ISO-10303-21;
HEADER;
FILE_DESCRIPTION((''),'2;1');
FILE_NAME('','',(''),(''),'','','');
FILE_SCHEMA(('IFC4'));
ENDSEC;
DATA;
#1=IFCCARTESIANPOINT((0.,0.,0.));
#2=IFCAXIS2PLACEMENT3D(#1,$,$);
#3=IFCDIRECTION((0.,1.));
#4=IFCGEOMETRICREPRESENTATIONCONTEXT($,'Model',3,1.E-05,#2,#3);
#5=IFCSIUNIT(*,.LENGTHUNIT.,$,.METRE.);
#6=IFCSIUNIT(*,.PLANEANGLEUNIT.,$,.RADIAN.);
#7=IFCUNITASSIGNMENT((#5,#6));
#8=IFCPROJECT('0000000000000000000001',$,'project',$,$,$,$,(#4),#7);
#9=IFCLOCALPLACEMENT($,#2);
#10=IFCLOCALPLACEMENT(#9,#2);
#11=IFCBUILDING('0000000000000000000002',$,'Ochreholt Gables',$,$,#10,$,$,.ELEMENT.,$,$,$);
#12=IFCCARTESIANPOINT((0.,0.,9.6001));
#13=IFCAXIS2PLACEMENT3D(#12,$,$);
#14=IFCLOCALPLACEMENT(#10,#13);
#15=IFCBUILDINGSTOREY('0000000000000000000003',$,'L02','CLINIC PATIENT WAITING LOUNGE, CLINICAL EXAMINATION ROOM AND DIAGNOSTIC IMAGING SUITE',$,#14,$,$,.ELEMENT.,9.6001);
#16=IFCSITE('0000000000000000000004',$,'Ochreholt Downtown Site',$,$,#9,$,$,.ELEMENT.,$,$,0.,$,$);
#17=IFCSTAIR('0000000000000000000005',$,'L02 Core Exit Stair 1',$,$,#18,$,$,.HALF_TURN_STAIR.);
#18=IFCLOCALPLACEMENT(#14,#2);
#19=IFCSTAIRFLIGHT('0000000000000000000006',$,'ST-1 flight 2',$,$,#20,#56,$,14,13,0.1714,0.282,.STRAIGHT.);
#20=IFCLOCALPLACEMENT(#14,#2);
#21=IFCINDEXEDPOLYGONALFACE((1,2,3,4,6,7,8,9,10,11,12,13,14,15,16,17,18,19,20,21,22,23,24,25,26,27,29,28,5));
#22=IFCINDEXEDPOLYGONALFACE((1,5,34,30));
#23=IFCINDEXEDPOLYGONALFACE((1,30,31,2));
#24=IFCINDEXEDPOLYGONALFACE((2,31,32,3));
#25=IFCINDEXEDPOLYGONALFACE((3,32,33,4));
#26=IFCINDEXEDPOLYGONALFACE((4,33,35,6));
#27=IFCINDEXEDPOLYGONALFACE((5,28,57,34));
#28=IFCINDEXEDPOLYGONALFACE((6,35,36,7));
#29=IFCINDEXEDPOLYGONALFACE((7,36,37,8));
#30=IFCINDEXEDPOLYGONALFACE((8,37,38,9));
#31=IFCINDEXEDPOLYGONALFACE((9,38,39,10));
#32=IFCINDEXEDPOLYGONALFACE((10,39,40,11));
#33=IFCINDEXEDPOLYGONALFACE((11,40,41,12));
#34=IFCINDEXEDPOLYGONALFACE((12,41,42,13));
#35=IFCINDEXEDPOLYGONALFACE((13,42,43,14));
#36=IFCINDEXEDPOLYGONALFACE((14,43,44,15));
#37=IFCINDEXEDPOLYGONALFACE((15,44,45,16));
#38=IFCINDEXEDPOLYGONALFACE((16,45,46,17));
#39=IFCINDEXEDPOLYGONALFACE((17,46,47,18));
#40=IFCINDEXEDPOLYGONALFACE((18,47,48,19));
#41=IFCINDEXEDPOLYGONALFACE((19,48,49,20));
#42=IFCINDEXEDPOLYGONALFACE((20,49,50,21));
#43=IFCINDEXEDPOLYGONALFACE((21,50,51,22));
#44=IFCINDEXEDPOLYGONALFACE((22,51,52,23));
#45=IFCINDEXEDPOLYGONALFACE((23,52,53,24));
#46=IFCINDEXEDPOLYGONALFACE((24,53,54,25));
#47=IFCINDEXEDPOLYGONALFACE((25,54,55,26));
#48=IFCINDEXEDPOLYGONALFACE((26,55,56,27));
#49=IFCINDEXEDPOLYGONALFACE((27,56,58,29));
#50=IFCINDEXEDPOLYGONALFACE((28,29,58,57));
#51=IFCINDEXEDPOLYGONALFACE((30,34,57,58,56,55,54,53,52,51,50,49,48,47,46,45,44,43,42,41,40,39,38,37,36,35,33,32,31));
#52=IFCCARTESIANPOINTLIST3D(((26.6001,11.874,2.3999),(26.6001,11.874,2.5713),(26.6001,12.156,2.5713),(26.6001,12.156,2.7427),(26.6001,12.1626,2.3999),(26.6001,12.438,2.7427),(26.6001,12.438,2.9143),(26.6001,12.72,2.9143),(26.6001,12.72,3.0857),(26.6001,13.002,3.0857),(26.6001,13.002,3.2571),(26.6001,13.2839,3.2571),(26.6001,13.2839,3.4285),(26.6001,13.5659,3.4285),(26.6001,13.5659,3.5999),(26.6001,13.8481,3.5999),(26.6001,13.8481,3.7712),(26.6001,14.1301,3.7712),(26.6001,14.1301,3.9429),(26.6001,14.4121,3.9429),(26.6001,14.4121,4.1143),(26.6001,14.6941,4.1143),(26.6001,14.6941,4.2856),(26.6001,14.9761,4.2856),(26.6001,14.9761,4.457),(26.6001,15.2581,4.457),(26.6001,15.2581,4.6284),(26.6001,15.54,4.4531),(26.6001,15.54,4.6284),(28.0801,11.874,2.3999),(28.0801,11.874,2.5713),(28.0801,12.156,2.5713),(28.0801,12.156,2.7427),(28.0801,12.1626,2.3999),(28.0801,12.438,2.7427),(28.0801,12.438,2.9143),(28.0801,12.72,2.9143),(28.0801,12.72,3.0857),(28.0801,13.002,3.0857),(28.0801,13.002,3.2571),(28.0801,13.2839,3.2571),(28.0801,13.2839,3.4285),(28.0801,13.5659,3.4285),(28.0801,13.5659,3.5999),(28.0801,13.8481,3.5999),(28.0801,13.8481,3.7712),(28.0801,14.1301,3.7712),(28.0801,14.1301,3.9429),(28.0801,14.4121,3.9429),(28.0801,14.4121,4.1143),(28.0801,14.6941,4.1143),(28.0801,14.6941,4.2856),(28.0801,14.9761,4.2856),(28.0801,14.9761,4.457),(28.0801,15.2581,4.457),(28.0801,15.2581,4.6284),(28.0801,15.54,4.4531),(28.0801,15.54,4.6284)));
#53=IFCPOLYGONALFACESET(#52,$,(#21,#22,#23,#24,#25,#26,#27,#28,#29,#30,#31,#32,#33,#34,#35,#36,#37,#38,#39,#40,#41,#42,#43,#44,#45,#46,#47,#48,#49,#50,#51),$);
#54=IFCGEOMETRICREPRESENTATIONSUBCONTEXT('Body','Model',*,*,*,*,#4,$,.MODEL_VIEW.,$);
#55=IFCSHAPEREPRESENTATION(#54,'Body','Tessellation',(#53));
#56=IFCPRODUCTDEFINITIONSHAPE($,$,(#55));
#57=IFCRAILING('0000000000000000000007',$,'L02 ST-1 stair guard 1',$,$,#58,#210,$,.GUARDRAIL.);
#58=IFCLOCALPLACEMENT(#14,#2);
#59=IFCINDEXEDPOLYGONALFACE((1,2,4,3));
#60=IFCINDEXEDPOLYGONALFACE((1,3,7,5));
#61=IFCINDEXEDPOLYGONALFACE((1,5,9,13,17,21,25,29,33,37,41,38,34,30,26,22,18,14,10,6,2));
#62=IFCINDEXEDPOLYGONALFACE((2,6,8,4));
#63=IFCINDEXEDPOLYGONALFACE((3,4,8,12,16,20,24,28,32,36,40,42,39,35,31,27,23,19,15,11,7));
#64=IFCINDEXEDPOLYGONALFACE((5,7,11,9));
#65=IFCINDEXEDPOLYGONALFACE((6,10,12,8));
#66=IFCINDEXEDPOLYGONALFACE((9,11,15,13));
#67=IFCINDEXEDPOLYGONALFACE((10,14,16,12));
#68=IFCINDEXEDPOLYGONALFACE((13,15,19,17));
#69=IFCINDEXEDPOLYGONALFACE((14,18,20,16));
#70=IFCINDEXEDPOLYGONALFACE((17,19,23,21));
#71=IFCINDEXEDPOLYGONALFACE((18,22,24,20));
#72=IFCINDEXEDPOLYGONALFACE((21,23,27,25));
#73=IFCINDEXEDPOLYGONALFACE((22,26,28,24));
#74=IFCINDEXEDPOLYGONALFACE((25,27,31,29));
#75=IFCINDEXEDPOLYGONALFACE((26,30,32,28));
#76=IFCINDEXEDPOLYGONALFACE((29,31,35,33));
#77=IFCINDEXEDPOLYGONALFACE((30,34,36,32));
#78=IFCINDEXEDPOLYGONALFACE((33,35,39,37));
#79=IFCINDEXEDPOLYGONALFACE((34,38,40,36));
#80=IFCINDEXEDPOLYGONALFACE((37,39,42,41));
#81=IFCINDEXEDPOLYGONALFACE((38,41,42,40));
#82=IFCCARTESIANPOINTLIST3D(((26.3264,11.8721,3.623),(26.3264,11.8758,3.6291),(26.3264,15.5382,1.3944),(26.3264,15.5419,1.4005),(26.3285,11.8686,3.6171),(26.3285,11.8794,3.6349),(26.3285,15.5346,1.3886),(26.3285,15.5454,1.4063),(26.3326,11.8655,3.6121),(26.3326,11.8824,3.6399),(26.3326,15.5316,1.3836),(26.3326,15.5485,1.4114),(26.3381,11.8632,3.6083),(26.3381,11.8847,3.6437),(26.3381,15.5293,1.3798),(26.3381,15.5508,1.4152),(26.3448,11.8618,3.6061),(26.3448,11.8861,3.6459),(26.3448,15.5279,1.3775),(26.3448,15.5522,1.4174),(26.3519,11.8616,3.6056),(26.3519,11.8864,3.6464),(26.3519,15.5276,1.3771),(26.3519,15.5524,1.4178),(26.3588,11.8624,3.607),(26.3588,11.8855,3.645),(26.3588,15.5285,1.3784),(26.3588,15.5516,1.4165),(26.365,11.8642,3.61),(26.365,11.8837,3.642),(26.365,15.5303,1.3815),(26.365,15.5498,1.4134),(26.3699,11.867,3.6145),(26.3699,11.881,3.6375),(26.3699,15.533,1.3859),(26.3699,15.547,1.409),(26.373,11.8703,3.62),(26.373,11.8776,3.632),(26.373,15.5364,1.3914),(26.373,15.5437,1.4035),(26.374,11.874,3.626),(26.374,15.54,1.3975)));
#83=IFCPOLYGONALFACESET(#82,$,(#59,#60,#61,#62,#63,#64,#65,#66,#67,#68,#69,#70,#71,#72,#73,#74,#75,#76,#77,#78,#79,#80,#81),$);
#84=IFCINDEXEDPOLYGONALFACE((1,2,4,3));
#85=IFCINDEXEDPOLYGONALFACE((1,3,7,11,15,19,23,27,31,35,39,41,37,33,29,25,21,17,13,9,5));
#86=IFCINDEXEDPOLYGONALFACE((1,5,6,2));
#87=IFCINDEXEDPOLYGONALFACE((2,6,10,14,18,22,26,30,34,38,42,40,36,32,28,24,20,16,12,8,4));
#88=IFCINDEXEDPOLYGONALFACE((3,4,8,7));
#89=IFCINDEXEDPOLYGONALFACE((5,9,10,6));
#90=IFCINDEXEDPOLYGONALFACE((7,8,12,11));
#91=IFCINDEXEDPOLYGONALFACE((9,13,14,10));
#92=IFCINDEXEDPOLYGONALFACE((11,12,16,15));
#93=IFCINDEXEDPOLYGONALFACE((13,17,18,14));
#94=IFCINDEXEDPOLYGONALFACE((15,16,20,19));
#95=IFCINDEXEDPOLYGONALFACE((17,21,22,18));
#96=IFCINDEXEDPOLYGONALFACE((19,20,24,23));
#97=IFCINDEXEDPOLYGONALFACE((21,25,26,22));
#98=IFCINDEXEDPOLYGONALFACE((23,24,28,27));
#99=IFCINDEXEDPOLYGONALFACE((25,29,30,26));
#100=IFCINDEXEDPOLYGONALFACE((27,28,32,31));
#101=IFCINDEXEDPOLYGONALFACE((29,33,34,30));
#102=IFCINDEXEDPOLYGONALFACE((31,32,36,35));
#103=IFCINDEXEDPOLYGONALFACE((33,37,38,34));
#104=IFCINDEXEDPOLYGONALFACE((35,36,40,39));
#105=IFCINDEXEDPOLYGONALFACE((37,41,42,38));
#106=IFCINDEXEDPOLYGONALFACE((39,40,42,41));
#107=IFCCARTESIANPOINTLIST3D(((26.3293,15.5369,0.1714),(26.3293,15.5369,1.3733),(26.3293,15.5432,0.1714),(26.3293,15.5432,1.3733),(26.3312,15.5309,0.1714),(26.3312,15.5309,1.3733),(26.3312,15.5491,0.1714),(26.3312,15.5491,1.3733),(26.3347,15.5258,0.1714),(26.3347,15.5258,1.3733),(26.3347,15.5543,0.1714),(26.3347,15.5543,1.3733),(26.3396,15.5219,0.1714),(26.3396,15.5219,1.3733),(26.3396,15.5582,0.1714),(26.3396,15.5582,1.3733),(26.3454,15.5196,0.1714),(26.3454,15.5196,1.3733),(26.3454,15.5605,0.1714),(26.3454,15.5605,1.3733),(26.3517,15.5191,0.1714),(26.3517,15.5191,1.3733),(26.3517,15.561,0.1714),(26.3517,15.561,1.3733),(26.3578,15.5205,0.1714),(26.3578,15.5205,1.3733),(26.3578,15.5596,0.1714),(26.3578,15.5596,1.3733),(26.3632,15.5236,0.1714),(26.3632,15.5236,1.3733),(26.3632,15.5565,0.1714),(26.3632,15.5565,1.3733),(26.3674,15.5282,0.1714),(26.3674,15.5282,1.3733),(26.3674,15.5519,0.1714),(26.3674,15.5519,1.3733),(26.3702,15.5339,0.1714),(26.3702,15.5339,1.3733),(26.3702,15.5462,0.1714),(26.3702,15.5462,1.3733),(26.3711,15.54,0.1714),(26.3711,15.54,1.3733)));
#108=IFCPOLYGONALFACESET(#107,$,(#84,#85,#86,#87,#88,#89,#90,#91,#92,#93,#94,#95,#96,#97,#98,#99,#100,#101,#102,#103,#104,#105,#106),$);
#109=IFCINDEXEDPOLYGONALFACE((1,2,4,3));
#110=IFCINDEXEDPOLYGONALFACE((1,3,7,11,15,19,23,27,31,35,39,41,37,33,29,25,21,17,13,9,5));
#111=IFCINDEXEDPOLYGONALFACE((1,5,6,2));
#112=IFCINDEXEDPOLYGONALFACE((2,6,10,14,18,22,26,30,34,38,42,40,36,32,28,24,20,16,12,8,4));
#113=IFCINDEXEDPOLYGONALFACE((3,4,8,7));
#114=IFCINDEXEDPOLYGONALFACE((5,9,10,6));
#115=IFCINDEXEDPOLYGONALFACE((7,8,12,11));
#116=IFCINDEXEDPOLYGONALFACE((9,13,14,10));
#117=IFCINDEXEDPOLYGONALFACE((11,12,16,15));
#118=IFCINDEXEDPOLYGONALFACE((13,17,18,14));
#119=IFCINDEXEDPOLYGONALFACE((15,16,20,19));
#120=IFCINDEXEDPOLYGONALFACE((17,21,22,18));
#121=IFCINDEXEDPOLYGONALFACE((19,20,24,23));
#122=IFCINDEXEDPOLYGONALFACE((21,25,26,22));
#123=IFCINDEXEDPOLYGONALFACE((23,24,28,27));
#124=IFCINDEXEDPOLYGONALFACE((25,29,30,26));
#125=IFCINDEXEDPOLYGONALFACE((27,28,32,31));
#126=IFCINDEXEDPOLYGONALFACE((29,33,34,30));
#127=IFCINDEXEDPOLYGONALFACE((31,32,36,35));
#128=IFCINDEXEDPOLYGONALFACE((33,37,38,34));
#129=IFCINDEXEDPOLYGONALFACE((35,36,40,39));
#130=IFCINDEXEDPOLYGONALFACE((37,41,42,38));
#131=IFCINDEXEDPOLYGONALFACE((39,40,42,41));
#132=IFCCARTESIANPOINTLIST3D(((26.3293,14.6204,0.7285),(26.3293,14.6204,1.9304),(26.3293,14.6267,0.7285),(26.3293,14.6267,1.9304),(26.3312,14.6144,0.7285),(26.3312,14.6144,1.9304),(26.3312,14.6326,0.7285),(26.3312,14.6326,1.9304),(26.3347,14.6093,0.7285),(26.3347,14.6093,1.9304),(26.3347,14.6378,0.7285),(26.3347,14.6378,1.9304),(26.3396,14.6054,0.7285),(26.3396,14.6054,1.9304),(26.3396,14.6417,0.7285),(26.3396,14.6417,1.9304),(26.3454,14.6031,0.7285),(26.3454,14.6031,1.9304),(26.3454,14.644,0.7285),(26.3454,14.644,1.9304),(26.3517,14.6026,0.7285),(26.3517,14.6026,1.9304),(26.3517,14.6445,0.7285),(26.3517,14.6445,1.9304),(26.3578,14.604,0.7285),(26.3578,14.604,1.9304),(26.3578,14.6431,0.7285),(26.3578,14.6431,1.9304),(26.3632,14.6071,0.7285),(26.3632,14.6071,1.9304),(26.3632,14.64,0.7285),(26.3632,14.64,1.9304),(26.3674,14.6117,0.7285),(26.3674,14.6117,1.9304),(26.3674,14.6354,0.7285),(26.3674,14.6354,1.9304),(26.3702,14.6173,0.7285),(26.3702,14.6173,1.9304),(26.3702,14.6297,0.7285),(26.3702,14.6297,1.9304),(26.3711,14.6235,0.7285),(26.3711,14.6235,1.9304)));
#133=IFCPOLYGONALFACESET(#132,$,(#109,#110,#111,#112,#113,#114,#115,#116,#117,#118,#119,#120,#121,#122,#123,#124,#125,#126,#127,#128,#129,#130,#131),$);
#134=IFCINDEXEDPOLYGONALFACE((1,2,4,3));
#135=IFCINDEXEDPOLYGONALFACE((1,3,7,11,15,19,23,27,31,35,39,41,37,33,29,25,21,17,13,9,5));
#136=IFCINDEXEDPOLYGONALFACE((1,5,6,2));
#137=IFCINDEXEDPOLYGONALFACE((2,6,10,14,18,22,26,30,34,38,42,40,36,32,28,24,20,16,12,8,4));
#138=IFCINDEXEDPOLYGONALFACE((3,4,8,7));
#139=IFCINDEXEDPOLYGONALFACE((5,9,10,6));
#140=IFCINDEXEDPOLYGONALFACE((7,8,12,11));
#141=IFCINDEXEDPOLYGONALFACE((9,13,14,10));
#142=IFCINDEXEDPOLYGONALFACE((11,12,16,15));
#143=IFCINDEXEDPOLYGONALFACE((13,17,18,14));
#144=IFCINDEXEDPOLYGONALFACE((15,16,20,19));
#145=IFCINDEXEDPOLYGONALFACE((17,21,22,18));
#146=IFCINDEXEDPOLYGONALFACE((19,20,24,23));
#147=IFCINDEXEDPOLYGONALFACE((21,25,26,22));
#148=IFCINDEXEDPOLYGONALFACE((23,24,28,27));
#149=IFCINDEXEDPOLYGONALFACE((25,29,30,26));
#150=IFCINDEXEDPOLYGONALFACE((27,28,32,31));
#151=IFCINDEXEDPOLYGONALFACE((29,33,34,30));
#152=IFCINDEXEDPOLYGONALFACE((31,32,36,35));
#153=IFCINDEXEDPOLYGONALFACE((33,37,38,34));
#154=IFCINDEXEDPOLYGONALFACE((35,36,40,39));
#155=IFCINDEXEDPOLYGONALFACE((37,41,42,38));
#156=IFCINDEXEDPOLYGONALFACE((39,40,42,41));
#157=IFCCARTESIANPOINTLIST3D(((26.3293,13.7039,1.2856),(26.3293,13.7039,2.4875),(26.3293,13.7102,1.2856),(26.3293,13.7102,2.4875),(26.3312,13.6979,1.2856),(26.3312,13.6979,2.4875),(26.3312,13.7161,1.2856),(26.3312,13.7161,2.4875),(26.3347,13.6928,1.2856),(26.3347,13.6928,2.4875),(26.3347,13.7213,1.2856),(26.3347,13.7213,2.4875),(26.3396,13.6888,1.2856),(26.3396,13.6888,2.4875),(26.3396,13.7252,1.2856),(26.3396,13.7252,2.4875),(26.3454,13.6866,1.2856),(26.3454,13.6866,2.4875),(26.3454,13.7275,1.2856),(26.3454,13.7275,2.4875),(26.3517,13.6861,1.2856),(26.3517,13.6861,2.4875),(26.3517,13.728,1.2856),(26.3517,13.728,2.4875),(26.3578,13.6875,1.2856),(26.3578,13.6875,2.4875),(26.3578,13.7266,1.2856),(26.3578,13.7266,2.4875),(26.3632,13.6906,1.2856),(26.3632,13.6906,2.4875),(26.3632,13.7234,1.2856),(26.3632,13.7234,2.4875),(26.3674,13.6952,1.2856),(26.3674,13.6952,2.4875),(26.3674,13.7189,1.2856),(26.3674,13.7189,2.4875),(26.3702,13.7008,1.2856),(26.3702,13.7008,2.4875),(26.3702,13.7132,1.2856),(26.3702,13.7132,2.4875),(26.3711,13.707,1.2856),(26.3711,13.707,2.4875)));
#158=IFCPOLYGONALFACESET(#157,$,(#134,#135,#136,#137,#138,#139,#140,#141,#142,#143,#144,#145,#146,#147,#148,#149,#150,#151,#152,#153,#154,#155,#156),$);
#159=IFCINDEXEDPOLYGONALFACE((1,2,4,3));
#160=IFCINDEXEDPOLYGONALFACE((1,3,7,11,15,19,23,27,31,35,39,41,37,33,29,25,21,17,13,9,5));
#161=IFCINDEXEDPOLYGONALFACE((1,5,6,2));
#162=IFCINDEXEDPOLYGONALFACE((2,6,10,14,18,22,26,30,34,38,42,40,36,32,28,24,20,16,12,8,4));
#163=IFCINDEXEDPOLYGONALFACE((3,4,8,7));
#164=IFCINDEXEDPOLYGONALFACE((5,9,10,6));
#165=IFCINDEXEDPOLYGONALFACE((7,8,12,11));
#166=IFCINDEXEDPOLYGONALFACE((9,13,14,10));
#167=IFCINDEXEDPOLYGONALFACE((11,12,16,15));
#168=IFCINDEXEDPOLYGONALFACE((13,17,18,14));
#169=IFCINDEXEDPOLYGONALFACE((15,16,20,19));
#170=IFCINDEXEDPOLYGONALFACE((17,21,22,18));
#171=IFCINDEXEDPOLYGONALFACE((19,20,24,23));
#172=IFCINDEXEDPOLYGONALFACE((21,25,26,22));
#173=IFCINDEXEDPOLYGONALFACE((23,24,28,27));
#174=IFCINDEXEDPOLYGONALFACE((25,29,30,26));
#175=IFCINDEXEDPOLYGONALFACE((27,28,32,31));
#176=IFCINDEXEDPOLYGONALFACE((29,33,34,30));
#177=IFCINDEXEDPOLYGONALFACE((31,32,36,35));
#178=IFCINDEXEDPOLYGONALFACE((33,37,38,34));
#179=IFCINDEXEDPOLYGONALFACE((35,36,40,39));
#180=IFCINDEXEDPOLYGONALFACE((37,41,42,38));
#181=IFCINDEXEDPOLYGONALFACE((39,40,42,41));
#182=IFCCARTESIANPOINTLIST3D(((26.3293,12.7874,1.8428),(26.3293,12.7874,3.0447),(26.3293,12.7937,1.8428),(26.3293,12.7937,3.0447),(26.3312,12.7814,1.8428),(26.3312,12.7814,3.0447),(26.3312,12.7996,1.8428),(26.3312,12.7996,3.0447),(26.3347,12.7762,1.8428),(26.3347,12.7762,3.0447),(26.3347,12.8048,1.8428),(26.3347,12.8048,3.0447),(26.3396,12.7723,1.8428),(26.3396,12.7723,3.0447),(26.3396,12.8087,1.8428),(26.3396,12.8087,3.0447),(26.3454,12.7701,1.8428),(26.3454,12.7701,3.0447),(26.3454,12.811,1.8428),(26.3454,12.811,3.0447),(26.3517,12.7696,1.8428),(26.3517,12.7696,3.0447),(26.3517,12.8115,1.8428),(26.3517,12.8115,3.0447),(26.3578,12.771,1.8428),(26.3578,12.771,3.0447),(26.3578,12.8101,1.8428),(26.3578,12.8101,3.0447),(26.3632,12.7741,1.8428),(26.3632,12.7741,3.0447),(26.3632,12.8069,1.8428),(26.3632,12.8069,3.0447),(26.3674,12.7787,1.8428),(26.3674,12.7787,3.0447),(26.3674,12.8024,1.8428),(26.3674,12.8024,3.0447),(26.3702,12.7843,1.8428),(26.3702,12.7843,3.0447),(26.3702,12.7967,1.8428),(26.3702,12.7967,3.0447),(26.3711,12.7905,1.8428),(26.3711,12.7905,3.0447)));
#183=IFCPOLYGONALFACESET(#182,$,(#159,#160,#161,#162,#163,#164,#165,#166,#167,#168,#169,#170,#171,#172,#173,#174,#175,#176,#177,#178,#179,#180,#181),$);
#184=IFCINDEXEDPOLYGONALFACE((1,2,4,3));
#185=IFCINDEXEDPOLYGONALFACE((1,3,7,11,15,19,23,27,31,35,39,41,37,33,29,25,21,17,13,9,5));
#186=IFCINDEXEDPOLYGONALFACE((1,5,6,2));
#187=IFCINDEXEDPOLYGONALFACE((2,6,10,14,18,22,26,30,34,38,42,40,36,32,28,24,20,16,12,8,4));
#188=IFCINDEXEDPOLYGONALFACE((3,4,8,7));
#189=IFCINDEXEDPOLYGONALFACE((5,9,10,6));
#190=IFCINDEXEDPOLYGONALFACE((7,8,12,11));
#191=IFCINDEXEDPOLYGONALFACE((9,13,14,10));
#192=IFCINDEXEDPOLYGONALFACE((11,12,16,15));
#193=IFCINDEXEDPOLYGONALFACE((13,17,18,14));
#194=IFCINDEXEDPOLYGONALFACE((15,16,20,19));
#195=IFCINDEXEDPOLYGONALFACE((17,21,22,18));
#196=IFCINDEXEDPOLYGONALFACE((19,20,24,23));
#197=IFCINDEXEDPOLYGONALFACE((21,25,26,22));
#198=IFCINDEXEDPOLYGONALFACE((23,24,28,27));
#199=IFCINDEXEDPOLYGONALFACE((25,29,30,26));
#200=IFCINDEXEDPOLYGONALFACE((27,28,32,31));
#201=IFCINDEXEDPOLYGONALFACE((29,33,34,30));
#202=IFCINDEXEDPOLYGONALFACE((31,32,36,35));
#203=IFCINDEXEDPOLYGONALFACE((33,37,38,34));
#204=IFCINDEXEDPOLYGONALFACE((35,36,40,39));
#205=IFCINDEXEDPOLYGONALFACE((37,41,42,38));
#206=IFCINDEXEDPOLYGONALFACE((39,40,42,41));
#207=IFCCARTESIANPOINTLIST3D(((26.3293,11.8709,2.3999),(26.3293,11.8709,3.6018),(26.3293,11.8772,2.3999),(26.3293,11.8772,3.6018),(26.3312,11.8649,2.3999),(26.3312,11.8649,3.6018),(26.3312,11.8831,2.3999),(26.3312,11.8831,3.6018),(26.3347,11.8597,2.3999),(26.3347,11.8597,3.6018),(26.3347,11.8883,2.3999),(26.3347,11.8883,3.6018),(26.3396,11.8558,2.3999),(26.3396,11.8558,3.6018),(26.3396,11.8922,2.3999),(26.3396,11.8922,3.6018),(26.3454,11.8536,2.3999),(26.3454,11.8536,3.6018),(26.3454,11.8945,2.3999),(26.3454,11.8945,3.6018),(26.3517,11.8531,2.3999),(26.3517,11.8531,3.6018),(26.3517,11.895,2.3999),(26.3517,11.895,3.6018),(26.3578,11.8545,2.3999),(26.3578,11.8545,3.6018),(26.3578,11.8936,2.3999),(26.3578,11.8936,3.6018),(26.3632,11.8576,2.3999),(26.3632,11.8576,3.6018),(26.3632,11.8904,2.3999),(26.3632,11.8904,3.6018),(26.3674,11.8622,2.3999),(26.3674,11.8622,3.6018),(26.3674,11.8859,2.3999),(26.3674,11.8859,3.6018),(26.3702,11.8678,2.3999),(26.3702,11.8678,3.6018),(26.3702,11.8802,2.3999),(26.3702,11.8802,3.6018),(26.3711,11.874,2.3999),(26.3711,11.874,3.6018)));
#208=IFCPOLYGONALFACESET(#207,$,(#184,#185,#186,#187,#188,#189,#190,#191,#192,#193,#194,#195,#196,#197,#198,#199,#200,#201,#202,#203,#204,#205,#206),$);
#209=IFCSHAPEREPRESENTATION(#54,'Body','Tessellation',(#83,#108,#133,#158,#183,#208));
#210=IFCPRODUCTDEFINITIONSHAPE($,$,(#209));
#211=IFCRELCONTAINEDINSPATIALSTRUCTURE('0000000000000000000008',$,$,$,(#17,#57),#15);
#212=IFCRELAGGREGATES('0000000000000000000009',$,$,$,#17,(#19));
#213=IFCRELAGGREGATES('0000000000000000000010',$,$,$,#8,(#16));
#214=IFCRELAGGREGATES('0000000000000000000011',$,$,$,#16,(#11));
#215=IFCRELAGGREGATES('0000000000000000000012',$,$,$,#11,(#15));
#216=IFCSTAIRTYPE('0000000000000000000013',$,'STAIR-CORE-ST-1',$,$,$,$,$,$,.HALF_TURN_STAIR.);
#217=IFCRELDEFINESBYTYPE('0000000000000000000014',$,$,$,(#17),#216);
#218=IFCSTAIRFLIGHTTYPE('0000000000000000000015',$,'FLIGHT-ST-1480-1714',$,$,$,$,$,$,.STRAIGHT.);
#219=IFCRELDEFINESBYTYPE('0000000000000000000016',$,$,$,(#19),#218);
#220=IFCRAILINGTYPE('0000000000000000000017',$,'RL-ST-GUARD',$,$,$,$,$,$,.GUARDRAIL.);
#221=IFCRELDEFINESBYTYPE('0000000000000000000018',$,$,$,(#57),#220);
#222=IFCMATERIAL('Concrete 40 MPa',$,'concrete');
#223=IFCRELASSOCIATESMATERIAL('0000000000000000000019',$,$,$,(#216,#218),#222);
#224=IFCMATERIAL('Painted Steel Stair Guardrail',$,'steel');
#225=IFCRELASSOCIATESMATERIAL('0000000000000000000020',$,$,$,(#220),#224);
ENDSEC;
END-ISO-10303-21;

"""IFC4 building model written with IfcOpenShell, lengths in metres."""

from ifc_helpers import new_model, si_unit, direction, frame, origin, origin_2d, place, context, subcontext, project, spatial, polyline, circle, outline, extrude, material, type_object, element, aggregate, save


model = new_model("IFC4")

# Units and contexts
model_context = context("Model", 3, precision=1e-05, world=origin(), true_north=direction((0.0, 1.0)))
body_context = subcontext(model_context, "Body", "Model", "MODEL_VIEW")
ifc_project = project(units=[si_unit("LENGTHUNIT", "METRE"), si_unit("PLANEANGLEUNIT", "RADIAN")], contexts=[model_context])

# Site, building, storey
site_placement = place(None, origin())
site = spatial("IfcSite", under=ifc_project, at=site_placement, Name="Ochreholt Downtown Site", CompositionType="ELEMENT", RefElevation=0.0)
building_placement = place(site_placement, origin())
building = spatial("IfcBuilding", under=site, at=building_placement, Name="Ochreholt Gables", CompositionType="ELEMENT")
storey_placement = place(building_placement, frame((0.0, 0.0, 9.6001)))
storey = spatial("IfcBuildingStorey", under=building, at=storey_placement, Name="L02", Description="CLINIC PATIENT WAITING LOUNGE, CLINICAL EXAMINATION ROOM AND DIAGNOSTIC IMAGING SUITE", CompositionType="ELEMENT", Elevation=9.6001)

# Shared definitions
ifc_material_1 = material(Name="Concrete 40 MPa", Category="concrete")

# Stair, stair flight
stair_type = type_object("IfcStairType", Name="STAIR-CORE-ST-1", PredefinedType="HALF_TURN_STAIR", material=ifc_material_1)
stair_placement = place(storey_placement, origin())
stair = element("IfcStair", 1, at=stair_placement, inside=storey, type_object=stair_type, Name="L02 Core Exit Stair 1", PredefinedType="HALF_TURN_STAIR")
stair_flight_type = type_object("IfcStairFlightType", Name="FLIGHT-ST-1480-1714", PredefinedType="STRAIGHT", material=ifc_material_1)
stair_flight_1_placement = place(storey_placement, frame((27.3401, 11.874, 2.3999), z_axis=(0.0, 0.0, 1.0), x_axis=(0.0, 1.0, 0.0)))
stair_flight_1 = element("IfcStairFlight", 2, at=stair_flight_1_placement, type_object=stair_flight_type, Name="ST-1 flight 2", NumberOfRisers=14, NumberOfTreads=13, PredefinedType="STRAIGHT", RiserHeight=0.1714, TreadLength=0.282, context=body_context, shape_type="SweptSolid", body=[
    extrude(outline(polyline([(0.0, 0.0), (0.0, 0.1714), (0.282, 0.1714), (0.282, 0.3428), (0.564, 0.3428), (0.564, 0.5144), (0.8459, 0.5144), (0.8459, 0.6858), (1.1279, 0.6858), (1.1279, 0.8572), (1.4099, 0.8572), (1.4099, 1.0286), (1.6919, 1.0286), (1.6919, 1.2), (1.9741, 1.2), (1.9741, 1.3713), (2.2561, 1.3713), (2.2561, 1.543), (2.5381, 1.543), (2.5381, 1.7144), (2.8201, 1.7144), (2.8201, 1.8857), (3.1021, 1.8857), (3.1021, 2.0571), (3.384, 2.0571), (3.384, 2.2285), (3.666, 2.2285), (3.666, 2.3999), (3.666, 2.0532), (0.2886, 0.0), (0.0, 0.0)])), frame((0.0, 0.74, 0.0), z_axis=(0.0, -1.0, 0.0), x_axis=(1.0, 0.0, 0.0)), (0.0, 0.0, 1.0), 1.48),
])
aggregate(stair, [stair_flight_1])

# Railing
ifc_material_2 = material(Name="Painted Steel Stair Guardrail", Category="steel")
railing_type_1 = type_object("IfcRailingType", Name="RL-ST-GUARD", PredefinedType="GUARDRAIL", material=ifc_material_2)
railing_1_placement = place(storey_placement, frame((26.3501, 15.54, 0.1714)))
element("IfcRailing", 3, at=railing_1_placement, inside=storey, type_object=railing_type_1, Name="L02 ST-1 stair guard 1", PredefinedType="GUARDRAIL", context=body_context, shape_type="SweptSolid", body=[
    extrude(circle(Radius=0.0239, at=origin_2d()), frame((0.0, 0.0, 1.2261), z_axis=(0.0, -0.854506, 0.519441), x_axis=(1.0, 0.0, 0.0)), (0.0, 0.0, 1.0), 4.2903),
    extrude(circle(Radius=0.021, at=origin_2d()), origin(), (0.0, 0.0, 1.0), 1.2019),
    extrude(circle(Radius=0.021, at=origin_2d()), frame((0.0, -0.9165, 0.5571)), (0.0, 0.0, 1.0), 1.2019),
    extrude(circle(Radius=0.021, at=origin_2d()), frame((0.0, -1.833, 1.1143)), (0.0, 0.0, 1.0), 1.2019),
    extrude(circle(Radius=0.021, at=origin_2d()), frame((0.0, -2.7495, 1.6714)), (0.0, 0.0, 1.0), 1.2019),
    extrude(circle(Radius=0.021, at=origin_2d()), frame((0.0, -3.666, 2.2285)), (0.0, 0.0, 1.0), 1.2019),
])

save(model, "model.ifc")
